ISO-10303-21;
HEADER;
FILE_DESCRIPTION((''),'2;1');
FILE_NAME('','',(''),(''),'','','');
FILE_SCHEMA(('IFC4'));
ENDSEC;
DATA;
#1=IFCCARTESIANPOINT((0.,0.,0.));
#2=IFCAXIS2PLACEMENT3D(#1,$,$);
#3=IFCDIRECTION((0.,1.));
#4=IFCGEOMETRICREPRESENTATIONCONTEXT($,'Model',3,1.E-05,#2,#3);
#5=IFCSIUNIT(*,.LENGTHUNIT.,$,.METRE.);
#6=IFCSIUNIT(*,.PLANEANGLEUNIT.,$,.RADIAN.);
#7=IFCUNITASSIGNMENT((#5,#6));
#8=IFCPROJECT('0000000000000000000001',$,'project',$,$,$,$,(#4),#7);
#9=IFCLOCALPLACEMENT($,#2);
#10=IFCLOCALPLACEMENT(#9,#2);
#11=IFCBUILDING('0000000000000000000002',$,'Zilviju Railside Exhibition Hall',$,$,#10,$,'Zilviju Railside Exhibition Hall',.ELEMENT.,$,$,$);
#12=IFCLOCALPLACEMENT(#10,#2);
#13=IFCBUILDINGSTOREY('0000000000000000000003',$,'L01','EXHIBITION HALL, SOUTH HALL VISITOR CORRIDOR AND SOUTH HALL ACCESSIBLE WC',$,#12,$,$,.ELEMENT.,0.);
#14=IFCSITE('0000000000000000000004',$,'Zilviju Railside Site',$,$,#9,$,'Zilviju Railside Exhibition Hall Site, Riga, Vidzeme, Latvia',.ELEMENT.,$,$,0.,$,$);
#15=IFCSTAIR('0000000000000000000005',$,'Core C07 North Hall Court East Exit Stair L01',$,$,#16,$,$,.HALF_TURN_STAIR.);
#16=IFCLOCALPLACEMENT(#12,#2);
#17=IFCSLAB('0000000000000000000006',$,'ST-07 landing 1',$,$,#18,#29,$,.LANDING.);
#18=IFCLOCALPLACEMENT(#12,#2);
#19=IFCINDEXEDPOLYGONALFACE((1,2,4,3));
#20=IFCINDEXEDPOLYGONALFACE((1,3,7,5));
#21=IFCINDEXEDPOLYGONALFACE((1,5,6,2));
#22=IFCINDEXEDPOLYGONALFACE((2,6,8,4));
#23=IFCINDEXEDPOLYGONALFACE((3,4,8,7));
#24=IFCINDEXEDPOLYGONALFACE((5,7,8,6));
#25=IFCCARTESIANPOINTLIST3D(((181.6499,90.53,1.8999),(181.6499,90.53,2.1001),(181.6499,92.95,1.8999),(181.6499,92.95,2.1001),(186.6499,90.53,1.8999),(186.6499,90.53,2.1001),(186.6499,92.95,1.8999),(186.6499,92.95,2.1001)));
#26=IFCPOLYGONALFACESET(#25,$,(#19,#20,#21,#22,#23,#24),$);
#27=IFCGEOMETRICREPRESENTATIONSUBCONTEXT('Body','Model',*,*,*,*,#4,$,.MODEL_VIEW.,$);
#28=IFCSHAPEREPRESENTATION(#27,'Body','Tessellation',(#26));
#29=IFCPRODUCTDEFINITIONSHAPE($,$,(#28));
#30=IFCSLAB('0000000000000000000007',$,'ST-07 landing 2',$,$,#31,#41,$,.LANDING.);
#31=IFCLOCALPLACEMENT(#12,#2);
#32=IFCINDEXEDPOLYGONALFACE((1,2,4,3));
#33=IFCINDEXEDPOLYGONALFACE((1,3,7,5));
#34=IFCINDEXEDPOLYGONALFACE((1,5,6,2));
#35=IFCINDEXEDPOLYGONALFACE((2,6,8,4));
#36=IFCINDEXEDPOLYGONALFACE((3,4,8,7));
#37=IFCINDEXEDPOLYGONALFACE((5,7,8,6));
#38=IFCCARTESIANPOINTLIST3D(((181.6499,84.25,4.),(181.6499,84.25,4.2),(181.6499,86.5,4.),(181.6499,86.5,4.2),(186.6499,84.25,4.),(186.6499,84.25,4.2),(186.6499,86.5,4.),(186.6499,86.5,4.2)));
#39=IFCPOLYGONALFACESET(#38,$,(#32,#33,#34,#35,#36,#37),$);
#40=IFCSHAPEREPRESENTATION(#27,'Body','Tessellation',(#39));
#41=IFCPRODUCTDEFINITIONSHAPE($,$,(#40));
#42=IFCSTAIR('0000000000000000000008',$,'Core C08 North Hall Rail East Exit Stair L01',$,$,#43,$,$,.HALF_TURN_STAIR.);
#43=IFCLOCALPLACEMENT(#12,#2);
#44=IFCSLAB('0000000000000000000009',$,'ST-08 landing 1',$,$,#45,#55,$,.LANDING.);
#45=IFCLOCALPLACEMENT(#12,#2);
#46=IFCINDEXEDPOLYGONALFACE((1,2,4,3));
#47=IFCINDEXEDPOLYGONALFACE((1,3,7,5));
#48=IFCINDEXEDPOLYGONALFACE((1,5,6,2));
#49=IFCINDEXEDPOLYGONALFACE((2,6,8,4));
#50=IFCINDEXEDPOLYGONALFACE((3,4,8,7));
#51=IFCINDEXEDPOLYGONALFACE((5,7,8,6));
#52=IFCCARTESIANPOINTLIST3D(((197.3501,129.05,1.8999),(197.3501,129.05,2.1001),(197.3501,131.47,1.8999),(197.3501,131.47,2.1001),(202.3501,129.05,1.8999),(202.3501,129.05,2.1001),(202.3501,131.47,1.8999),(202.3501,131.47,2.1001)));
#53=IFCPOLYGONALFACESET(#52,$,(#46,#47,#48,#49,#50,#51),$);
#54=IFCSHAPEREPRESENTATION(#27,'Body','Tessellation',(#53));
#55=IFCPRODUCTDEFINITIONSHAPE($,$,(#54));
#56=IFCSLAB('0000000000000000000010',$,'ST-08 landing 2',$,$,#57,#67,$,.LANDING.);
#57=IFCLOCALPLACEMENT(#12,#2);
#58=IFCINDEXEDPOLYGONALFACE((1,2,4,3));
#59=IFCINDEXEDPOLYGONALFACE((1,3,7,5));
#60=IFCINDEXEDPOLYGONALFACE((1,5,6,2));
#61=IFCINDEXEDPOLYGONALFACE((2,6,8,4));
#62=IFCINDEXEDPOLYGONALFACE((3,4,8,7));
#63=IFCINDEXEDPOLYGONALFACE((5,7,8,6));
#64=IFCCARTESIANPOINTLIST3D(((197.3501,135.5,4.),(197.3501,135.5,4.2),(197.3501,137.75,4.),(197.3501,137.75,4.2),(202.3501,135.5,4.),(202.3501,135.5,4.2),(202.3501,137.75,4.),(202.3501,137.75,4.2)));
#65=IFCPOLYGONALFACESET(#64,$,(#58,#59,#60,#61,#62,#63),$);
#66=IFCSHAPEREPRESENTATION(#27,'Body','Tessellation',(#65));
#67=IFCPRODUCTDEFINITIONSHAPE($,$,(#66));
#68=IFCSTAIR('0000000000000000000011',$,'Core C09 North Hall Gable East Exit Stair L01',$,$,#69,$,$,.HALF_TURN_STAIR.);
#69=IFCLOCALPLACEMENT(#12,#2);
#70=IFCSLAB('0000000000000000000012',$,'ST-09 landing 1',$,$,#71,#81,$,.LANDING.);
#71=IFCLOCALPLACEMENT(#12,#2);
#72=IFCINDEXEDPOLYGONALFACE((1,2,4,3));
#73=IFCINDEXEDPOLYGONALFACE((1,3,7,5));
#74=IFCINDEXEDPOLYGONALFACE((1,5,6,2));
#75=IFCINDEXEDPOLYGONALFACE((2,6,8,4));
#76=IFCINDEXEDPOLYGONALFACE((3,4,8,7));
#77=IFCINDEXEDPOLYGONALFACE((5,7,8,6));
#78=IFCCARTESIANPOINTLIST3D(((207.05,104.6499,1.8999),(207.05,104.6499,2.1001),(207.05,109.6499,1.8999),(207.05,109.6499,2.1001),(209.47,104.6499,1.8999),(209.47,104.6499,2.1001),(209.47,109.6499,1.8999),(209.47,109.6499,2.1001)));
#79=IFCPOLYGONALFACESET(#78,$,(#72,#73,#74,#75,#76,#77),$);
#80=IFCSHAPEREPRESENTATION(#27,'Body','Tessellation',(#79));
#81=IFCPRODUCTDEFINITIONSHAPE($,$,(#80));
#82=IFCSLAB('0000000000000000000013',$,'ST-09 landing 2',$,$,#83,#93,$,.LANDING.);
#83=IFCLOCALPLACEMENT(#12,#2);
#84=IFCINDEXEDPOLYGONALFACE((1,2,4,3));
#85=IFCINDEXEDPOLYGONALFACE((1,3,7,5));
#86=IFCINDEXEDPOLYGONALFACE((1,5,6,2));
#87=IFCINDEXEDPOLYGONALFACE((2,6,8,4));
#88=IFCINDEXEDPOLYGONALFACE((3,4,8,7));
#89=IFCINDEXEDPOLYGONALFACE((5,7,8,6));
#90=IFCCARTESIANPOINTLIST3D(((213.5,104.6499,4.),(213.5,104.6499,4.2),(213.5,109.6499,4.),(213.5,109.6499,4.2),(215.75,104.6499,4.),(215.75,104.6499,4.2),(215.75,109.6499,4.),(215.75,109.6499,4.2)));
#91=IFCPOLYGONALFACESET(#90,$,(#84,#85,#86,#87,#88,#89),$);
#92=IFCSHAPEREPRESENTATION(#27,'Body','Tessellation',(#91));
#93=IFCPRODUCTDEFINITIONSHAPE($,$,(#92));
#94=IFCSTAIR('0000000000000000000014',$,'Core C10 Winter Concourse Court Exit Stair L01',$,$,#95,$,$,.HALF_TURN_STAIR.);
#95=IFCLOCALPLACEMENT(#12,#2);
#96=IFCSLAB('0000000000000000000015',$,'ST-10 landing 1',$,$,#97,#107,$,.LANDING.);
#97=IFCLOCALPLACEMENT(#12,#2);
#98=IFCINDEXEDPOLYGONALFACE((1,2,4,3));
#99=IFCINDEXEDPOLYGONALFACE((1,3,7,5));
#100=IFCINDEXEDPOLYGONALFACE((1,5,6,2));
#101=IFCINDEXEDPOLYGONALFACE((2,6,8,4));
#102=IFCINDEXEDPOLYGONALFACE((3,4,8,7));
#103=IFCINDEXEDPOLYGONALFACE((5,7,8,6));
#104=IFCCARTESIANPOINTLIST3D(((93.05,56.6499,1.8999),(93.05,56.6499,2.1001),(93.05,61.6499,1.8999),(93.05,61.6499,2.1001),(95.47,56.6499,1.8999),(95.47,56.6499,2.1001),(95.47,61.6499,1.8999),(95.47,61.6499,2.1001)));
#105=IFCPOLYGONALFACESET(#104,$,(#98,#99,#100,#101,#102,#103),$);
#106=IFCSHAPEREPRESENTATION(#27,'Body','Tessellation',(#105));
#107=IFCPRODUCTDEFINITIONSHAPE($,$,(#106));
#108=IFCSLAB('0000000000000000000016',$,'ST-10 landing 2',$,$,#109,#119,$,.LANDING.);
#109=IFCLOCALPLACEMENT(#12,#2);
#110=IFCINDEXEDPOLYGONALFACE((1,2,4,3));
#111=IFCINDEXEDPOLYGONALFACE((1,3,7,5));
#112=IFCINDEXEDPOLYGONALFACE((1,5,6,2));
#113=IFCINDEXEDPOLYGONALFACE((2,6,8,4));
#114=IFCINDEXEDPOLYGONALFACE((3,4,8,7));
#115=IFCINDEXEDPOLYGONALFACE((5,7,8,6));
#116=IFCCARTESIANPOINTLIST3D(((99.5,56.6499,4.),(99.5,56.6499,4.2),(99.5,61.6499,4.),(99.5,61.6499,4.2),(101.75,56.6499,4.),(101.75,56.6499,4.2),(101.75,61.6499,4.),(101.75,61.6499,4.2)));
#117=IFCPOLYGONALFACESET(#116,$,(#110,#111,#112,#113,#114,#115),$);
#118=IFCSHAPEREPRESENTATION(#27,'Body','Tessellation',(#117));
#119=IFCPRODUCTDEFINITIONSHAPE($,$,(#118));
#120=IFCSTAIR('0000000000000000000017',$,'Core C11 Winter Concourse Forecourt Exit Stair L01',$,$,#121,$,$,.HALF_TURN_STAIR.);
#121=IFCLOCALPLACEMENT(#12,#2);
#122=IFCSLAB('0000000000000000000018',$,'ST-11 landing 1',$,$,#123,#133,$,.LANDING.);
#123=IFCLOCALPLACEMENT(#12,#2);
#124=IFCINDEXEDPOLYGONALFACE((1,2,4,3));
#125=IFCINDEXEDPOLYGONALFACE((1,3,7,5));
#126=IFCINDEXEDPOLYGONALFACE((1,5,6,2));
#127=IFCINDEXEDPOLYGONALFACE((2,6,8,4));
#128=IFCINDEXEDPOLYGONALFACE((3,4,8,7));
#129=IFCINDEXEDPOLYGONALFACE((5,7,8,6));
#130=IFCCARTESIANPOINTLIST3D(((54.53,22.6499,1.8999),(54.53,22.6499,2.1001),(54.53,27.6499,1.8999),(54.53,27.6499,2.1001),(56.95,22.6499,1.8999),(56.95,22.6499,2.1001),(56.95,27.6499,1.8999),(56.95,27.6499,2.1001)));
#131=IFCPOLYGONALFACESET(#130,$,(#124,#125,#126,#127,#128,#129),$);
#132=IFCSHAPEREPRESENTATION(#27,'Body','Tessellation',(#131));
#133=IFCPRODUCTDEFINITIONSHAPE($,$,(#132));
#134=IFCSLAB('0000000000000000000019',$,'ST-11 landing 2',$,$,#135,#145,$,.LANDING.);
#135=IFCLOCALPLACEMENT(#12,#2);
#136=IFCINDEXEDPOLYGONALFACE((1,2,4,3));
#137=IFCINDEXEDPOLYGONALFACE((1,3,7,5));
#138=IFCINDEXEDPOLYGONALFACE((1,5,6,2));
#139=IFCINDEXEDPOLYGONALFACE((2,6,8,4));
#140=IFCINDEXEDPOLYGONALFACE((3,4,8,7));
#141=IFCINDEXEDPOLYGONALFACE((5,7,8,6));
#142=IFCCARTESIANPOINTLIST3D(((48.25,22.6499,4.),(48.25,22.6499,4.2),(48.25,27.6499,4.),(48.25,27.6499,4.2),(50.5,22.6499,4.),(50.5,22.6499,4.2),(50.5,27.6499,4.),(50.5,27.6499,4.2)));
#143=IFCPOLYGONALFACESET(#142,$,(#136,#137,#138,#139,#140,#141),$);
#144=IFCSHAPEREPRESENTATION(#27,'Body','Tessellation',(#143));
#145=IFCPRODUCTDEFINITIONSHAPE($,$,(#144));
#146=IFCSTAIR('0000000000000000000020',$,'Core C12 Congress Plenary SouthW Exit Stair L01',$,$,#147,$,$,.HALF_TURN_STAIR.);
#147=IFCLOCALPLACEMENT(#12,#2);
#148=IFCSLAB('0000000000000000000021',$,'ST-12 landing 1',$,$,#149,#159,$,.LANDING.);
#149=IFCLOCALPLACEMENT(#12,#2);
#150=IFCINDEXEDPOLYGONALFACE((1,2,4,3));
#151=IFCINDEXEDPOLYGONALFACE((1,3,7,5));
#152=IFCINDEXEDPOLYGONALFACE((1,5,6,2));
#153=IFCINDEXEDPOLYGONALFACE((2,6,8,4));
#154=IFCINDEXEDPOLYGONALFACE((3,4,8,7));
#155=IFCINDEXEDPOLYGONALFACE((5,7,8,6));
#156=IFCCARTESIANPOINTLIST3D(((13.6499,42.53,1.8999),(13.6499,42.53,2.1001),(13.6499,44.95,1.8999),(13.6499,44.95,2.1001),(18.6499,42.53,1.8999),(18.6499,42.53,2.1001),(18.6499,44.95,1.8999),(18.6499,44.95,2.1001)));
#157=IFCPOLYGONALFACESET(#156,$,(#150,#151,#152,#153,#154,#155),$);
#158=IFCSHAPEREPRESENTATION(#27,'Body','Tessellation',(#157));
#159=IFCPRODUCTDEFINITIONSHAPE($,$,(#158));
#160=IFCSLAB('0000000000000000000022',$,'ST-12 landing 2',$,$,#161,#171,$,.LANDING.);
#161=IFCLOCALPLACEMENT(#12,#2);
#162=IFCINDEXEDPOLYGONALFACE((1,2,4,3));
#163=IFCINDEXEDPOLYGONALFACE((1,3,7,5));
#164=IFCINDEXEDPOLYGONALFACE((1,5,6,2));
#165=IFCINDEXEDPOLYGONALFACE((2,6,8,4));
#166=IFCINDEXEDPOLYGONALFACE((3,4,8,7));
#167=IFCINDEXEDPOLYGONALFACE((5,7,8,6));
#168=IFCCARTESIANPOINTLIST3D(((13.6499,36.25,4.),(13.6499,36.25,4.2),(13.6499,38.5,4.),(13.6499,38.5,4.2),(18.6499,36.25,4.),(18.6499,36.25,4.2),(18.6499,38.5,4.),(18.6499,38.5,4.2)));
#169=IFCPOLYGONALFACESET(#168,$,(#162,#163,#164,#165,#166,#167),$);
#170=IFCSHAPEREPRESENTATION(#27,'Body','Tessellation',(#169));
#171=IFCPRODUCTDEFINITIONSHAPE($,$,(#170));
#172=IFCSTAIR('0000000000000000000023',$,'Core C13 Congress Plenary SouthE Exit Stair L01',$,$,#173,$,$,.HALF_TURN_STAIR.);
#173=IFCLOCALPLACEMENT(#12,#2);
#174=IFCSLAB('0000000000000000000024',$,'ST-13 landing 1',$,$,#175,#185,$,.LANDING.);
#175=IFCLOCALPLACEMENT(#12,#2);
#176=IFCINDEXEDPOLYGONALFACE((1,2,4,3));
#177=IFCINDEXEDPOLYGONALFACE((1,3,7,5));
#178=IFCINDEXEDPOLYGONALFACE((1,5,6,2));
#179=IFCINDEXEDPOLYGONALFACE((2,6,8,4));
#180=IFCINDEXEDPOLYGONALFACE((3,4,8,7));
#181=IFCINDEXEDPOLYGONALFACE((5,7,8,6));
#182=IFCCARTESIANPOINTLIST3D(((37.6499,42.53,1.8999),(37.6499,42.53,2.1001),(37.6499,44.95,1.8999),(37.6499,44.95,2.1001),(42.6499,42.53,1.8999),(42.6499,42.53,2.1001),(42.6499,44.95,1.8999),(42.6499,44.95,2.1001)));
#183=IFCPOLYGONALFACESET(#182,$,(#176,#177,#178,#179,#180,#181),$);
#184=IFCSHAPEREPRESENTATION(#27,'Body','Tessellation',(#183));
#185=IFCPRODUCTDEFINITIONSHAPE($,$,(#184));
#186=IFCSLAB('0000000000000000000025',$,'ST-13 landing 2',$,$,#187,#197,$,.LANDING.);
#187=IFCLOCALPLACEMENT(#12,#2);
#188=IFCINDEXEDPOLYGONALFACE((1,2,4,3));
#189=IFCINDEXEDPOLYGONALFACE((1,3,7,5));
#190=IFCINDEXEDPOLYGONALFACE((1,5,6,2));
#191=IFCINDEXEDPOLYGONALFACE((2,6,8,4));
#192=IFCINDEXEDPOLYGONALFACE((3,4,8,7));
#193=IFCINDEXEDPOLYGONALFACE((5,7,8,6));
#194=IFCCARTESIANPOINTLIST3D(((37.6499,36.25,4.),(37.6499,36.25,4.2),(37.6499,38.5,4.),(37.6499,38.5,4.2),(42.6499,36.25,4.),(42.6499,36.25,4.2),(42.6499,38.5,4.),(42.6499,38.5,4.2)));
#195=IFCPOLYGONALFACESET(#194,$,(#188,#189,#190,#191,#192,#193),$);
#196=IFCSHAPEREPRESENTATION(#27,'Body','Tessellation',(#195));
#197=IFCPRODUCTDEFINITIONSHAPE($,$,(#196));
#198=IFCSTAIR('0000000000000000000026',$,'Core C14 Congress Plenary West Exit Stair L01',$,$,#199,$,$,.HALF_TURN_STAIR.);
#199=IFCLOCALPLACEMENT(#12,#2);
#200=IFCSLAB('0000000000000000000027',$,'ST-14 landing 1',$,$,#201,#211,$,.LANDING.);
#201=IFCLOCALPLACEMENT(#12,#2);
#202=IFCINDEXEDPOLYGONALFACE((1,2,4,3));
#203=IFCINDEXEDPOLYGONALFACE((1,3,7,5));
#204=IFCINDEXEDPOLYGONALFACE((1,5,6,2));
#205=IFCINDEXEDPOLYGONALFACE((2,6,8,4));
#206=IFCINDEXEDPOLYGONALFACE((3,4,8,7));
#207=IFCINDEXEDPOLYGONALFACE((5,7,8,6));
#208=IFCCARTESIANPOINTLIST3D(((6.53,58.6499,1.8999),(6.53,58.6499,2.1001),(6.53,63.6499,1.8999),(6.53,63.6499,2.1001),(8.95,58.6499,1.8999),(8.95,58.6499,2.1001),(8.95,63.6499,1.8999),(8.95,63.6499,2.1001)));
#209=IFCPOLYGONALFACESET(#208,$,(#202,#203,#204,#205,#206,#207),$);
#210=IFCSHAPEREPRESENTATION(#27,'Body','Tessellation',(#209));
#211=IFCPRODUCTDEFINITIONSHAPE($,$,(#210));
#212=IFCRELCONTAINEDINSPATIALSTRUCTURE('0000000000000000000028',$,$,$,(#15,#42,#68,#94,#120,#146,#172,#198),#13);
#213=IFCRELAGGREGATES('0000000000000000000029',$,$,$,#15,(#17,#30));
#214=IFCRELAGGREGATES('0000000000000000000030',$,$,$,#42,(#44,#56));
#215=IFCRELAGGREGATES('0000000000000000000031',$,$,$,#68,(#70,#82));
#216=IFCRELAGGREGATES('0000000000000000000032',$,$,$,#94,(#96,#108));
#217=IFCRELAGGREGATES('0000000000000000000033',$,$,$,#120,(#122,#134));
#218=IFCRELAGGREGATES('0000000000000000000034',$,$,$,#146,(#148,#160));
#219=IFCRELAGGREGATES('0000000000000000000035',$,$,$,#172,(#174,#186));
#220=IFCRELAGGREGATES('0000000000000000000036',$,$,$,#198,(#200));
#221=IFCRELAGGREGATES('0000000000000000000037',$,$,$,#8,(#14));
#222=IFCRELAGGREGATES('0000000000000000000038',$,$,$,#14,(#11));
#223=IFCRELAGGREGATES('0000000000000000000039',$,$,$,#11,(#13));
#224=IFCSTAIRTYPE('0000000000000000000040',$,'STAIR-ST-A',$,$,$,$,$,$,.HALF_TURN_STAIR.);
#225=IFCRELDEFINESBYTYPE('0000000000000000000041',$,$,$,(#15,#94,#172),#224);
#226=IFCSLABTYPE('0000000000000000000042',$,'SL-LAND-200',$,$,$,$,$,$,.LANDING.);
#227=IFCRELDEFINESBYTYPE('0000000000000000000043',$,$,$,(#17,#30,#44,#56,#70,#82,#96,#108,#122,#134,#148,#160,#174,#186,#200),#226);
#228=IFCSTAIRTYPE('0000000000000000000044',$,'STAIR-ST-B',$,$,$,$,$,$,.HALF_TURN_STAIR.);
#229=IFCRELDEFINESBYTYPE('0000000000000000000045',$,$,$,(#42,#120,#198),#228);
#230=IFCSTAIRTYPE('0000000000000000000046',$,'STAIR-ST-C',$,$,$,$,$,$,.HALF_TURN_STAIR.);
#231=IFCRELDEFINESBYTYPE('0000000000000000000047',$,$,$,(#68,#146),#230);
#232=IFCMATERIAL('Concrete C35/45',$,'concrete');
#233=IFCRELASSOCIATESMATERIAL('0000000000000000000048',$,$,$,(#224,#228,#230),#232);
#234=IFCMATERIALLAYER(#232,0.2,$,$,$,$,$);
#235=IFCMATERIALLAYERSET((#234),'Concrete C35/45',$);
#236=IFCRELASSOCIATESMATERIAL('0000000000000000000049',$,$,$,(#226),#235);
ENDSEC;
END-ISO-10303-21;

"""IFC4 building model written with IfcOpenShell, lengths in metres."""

from ifc_helpers import new_model, si_unit, direction, frame, origin, place, context, subcontext, project, spatial, polyline, outline, extrude, material, layer, layer_set, type_object, element, aggregate, save


model = new_model("IFC4")

# Units and contexts
model_context = context("Model", 3, precision=1e-05, world=origin(), true_north=direction((0.0, 1.0)))
body_context = subcontext(model_context, "Body", "Model", "MODEL_VIEW")
ifc_project = project(units=[si_unit("LENGTHUNIT", "METRE"), si_unit("PLANEANGLEUNIT", "RADIAN")], contexts=[model_context])

# Site, building, storey
site_placement = place(None, origin())
site = spatial("IfcSite", under=ifc_project, at=site_placement, Name="Zilviju Railside Site", LongName="Zilviju Railside Exhibition Hall Site, Riga, Vidzeme, Latvia", CompositionType="ELEMENT", RefElevation=0.0)
building_placement = place(site_placement, origin())
building = spatial("IfcBuilding", under=site, at=building_placement, Name="Zilviju Railside Exhibition Hall", LongName="Zilviju Railside Exhibition Hall", CompositionType="ELEMENT")
storey_placement = place(building_placement, origin())
storey = spatial("IfcBuildingStorey", under=building, at=storey_placement, Name="L01", Description="EXHIBITION HALL, SOUTH HALL VISITOR CORRIDOR AND SOUTH HALL ACCESSIBLE WC", CompositionType="ELEMENT", Elevation=0.0)

# Stairs, slabs
ifc_material_1 = material(Name="Concrete C35/45", Category="concrete")
stair_type_1 = type_object("IfcStairType", Name="STAIR-ST-A", PredefinedType="HALF_TURN_STAIR", material=ifc_material_1)
ifc_layer_1 = layer(ifc_material_1, 0.2)
ifc_layer_set_1 = layer_set([ifc_layer_1], Name="Concrete C35/45")
slab_type_1 = type_object("IfcSlabType", Name="SL-LAND-200", PredefinedType="LANDING", material=ifc_layer_set_1)
stair_type_2 = type_object("IfcStairType", Name="STAIR-ST-B", PredefinedType="HALF_TURN_STAIR", material=ifc_material_1)
stair_type_3 = type_object("IfcStairType", Name="STAIR-ST-C", PredefinedType="HALF_TURN_STAIR", material=ifc_material_1)
stair_1_placement = place(storey_placement, origin())
stair_1 = element("IfcStair", 1, at=stair_1_placement, inside=storey, type_object=stair_type_1, Name="Core C07 North Hall Court East Exit Stair L01", PredefinedType="HALF_TURN_STAIR")
slab_1_placement = place(storey_placement, frame((0.0, 0.0, 1.8999)))
slab_1 = element("IfcSlab", 2, at=slab_1_placement, type_object=slab_type_1, Name="ST-07 landing 1", PredefinedType="LANDING", context=body_context, shape_type="SweptSolid", body=[
    extrude(outline(polyline([(181.6499, 90.53), (186.6499, 90.53), (186.6499, 92.95), (181.6499, 92.95), (181.6499, 90.53)])), origin(), (0.0, 0.0, 1.0), 0.2002),
])
slab_2_placement = place(storey_placement, frame((0.0, 0.0, 4.0)))
slab_2 = element("IfcSlab", 3, at=slab_2_placement, type_object=slab_type_1, Name="ST-07 landing 2", PredefinedType="LANDING", context=body_context, shape_type="SweptSolid", body=[
    extrude(outline(polyline([(181.6499, 84.25), (186.6499, 84.25), (186.6499, 86.5), (181.6499, 86.5), (181.6499, 84.25)])), origin(), (0.0, 0.0, 1.0), 0.2),
])
aggregate(stair_1, [slab_1, slab_2])
stair_2_placement = place(storey_placement, origin())
stair_2 = element("IfcStair", 4, at=stair_2_placement, inside=storey, type_object=stair_type_2, Name="Core C08 North Hall Rail East Exit Stair L01", PredefinedType="HALF_TURN_STAIR")
slab_3_placement = place(storey_placement, frame((0.0, 0.0, 1.8999)))
slab_3 = element("IfcSlab", 5, at=slab_3_placement, type_object=slab_type_1, Name="ST-08 landing 1", PredefinedType="LANDING", context=body_context, shape_type="SweptSolid", body=[
    extrude(outline(polyline([(202.3501, 131.47), (197.3501, 131.47), (197.3501, 129.05), (202.3501, 129.05), (202.3501, 131.47)])), origin(), (0.0, 0.0, 1.0), 0.2002),
])
slab_4_placement = place(storey_placement, frame((0.0, 0.0, 4.0)))
slab_4 = element("IfcSlab", 6, at=slab_4_placement, type_object=slab_type_1, Name="ST-08 landing 2", PredefinedType="LANDING", context=body_context, shape_type="SweptSolid", body=[
    extrude(outline(polyline([(202.3501, 137.75), (197.3501, 137.75), (197.3501, 135.5), (202.3501, 135.5), (202.3501, 137.75)])), origin(), (0.0, 0.0, 1.0), 0.2),
])
aggregate(stair_2, [slab_3, slab_4])
stair_3_placement = place(storey_placement, origin())
stair_3 = element("IfcStair", 7, at=stair_3_placement, inside=storey, type_object=stair_type_3, Name="Core C09 North Hall Gable East Exit Stair L01", PredefinedType="HALF_TURN_STAIR")
slab_5_placement = place(storey_placement, frame((0.0, 0.0, 1.8999)))
slab_5 = element("IfcSlab", 8, at=slab_5_placement, type_object=slab_type_1, Name="ST-09 landing 1", PredefinedType="LANDING", context=body_context, shape_type="SweptSolid", body=[
    extrude(outline(polyline([(209.47, 104.6499), (209.47, 109.6499), (207.05, 109.6499), (207.05, 104.6499), (209.47, 104.6499)])), origin(), (0.0, 0.0, 1.0), 0.2002),
])
slab_6_placement = place(storey_placement, frame((0.0, 0.0, 4.0)))
slab_6 = element("IfcSlab", 9, at=slab_6_placement, type_object=slab_type_1, Name="ST-09 landing 2", PredefinedType="LANDING", context=body_context, shape_type="SweptSolid", body=[
    extrude(outline(polyline([(215.75, 104.6499), (215.75, 109.6499), (213.5, 109.6499), (213.5, 104.6499), (215.75, 104.6499)])), origin(), (0.0, 0.0, 1.0), 0.2),
])
aggregate(stair_3, [slab_5, slab_6])
stair_4_placement = place(storey_placement, origin())
stair_4 = element("IfcStair", 10, at=stair_4_placement, inside=storey, type_object=stair_type_1, Name="Core C10 Winter Concourse Court Exit Stair L01", PredefinedType="HALF_TURN_STAIR")
slab_7_placement = place(storey_placement, frame((0.0, 0.0, 1.8999)))
slab_7 = element("IfcSlab", 11, at=slab_7_placement, type_object=slab_type_1, Name="ST-10 landing 1", PredefinedType="LANDING", context=body_context, shape_type="SweptSolid", body=[
    extrude(outline(polyline([(95.47, 56.6499), (95.47, 61.6499), (93.05, 61.6499), (93.05, 56.6499), (95.47, 56.6499)])), origin(), (0.0, 0.0, 1.0), 0.2002),
])
slab_8_placement = place(storey_placement, frame((0.0, 0.0, 4.0)))
slab_8 = element("IfcSlab", 12, at=slab_8_placement, type_object=slab_type_1, Name="ST-10 landing 2", PredefinedType="LANDING", context=body_context, shape_type="SweptSolid", body=[
    extrude(outline(polyline([(101.75, 56.6499), (101.75, 61.6499), (99.5, 61.6499), (99.5, 56.6499), (101.75, 56.6499)])), origin(), (0.0, 0.0, 1.0), 0.2),
])
aggregate(stair_4, [slab_7, slab_8])
stair_5_placement = place(storey_placement, origin())
stair_5 = element("IfcStair", 13, at=stair_5_placement, inside=storey, type_object=stair_type_2, Name="Core C11 Winter Concourse Forecourt Exit Stair L01", PredefinedType="HALF_TURN_STAIR")
slab_9_placement = place(storey_placement, frame((0.0, 0.0, 1.8999)))
slab_9 = element("IfcSlab", 14, at=slab_9_placement, type_object=slab_type_1, Name="ST-11 landing 1", PredefinedType="LANDING", context=body_context, shape_type="SweptSolid", body=[
    extrude(outline(polyline([(54.53, 22.6499), (54.53, 27.6499), (56.95, 27.6499), (56.95, 22.6499), (54.53, 22.6499)])), origin(), (0.0, 0.0, 1.0), 0.2002),
])
slab_10_placement = place(storey_placement, frame((0.0, 0.0, 4.0)))
slab_10 = element("IfcSlab", 15, at=slab_10_placement, type_object=slab_type_1, Name="ST-11 landing 2", PredefinedType="LANDING", context=body_context, shape_type="SweptSolid", body=[
    extrude(outline(polyline([(48.25, 22.6499), (48.25, 27.6499), (50.5, 27.6499), (50.5, 22.6499), (48.25, 22.6499)])), origin(), (0.0, 0.0, 1.0), 0.2),
])
aggregate(stair_5, [slab_9, slab_10])
stair_6_placement = place(storey_placement, origin())
stair_6 = element("IfcStair", 16, at=stair_6_placement, inside=storey, type_object=stair_type_3, Name="Core C12 Congress Plenary SouthW Exit Stair L01", PredefinedType="HALF_TURN_STAIR")
slab_11_placement = place(storey_placement, frame((0.0, 0.0, 1.8999)))
slab_11 = element("IfcSlab", 17, at=slab_11_placement, type_object=slab_type_1, Name="ST-12 landing 1", PredefinedType="LANDING", context=body_context, shape_type="SweptSolid", body=[
    extrude(outline(polyline([(13.6499, 42.53), (18.6499, 42.53), (18.6499, 44.95), (13.6499, 44.95), (13.6499, 42.53)])), origin(), (0.0, 0.0, 1.0), 0.2002),
])
slab_12_placement = place(storey_placement, frame((0.0, 0.0, 4.0)))
slab_12 = element("IfcSlab", 18, at=slab_12_placement, type_object=slab_type_1, Name="ST-12 landing 2", PredefinedType="LANDING", context=body_context, shape_type="SweptSolid", body=[
    extrude(outline(polyline([(13.6499, 36.25), (18.6499, 36.25), (18.6499, 38.5), (13.6499, 38.5), (13.6499, 36.25)])), origin(), (0.0, 0.0, 1.0), 0.2),
])
aggregate(stair_6, [slab_11, slab_12])
stair_7_placement = place(storey_placement, origin())
stair_7 = element("IfcStair", 19, at=stair_7_placement, inside=storey, type_object=stair_type_1, Name="Core C13 Congress Plenary SouthE Exit Stair L01", PredefinedType="HALF_TURN_STAIR")
slab_13_placement = place(storey_placement, frame((0.0, 0.0, 1.8999)))
slab_13 = element("IfcSlab", 20, at=slab_13_placement, type_object=slab_type_1, Name="ST-13 landing 1", PredefinedType="LANDING", context=body_context, shape_type="SweptSolid", body=[
    extrude(outline(polyline([(37.6499, 42.53), (42.6499, 42.53), (42.6499, 44.95), (37.6499, 44.95), (37.6499, 42.53)])), origin(), (0.0, 0.0, 1.0), 0.2002),
])
slab_14_placement = place(storey_placement, frame((0.0, 0.0, 4.0)))
slab_14 = element("IfcSlab", 21, at=slab_14_placement, type_object=slab_type_1, Name="ST-13 landing 2", PredefinedType="LANDING", context=body_context, shape_type="SweptSolid", body=[
    extrude(outline(polyline([(37.6499, 36.25), (42.6499, 36.25), (42.6499, 38.5), (37.6499, 38.5), (37.6499, 36.25)])), origin(), (0.0, 0.0, 1.0), 0.2),
])
aggregate(stair_7, [slab_13, slab_14])
stair_8_placement = place(storey_placement, origin())
stair_8 = element("IfcStair", 22, at=stair_8_placement, inside=storey, type_object=stair_type_2, Name="Core C14 Congress Plenary West Exit Stair L01", PredefinedType="HALF_TURN_STAIR")
slab_15_placement = place(storey_placement, frame((0.0, 0.0, 1.8999)))
slab_15 = element("IfcSlab", 23, at=slab_15_placement, type_object=slab_type_1, Name="ST-14 landing 1", PredefinedType="LANDING", context=body_context, shape_type="SweptSolid", body=[
    extrude(outline(polyline([(6.53, 58.6499), (6.53, 63.6499), (8.95, 63.6499), (8.95, 58.6499), (6.53, 58.6499)])), origin(), (0.0, 0.0, 1.0), 0.2002),
])
aggregate(stair_8, [slab_15])

save(model, "model.ifc")
